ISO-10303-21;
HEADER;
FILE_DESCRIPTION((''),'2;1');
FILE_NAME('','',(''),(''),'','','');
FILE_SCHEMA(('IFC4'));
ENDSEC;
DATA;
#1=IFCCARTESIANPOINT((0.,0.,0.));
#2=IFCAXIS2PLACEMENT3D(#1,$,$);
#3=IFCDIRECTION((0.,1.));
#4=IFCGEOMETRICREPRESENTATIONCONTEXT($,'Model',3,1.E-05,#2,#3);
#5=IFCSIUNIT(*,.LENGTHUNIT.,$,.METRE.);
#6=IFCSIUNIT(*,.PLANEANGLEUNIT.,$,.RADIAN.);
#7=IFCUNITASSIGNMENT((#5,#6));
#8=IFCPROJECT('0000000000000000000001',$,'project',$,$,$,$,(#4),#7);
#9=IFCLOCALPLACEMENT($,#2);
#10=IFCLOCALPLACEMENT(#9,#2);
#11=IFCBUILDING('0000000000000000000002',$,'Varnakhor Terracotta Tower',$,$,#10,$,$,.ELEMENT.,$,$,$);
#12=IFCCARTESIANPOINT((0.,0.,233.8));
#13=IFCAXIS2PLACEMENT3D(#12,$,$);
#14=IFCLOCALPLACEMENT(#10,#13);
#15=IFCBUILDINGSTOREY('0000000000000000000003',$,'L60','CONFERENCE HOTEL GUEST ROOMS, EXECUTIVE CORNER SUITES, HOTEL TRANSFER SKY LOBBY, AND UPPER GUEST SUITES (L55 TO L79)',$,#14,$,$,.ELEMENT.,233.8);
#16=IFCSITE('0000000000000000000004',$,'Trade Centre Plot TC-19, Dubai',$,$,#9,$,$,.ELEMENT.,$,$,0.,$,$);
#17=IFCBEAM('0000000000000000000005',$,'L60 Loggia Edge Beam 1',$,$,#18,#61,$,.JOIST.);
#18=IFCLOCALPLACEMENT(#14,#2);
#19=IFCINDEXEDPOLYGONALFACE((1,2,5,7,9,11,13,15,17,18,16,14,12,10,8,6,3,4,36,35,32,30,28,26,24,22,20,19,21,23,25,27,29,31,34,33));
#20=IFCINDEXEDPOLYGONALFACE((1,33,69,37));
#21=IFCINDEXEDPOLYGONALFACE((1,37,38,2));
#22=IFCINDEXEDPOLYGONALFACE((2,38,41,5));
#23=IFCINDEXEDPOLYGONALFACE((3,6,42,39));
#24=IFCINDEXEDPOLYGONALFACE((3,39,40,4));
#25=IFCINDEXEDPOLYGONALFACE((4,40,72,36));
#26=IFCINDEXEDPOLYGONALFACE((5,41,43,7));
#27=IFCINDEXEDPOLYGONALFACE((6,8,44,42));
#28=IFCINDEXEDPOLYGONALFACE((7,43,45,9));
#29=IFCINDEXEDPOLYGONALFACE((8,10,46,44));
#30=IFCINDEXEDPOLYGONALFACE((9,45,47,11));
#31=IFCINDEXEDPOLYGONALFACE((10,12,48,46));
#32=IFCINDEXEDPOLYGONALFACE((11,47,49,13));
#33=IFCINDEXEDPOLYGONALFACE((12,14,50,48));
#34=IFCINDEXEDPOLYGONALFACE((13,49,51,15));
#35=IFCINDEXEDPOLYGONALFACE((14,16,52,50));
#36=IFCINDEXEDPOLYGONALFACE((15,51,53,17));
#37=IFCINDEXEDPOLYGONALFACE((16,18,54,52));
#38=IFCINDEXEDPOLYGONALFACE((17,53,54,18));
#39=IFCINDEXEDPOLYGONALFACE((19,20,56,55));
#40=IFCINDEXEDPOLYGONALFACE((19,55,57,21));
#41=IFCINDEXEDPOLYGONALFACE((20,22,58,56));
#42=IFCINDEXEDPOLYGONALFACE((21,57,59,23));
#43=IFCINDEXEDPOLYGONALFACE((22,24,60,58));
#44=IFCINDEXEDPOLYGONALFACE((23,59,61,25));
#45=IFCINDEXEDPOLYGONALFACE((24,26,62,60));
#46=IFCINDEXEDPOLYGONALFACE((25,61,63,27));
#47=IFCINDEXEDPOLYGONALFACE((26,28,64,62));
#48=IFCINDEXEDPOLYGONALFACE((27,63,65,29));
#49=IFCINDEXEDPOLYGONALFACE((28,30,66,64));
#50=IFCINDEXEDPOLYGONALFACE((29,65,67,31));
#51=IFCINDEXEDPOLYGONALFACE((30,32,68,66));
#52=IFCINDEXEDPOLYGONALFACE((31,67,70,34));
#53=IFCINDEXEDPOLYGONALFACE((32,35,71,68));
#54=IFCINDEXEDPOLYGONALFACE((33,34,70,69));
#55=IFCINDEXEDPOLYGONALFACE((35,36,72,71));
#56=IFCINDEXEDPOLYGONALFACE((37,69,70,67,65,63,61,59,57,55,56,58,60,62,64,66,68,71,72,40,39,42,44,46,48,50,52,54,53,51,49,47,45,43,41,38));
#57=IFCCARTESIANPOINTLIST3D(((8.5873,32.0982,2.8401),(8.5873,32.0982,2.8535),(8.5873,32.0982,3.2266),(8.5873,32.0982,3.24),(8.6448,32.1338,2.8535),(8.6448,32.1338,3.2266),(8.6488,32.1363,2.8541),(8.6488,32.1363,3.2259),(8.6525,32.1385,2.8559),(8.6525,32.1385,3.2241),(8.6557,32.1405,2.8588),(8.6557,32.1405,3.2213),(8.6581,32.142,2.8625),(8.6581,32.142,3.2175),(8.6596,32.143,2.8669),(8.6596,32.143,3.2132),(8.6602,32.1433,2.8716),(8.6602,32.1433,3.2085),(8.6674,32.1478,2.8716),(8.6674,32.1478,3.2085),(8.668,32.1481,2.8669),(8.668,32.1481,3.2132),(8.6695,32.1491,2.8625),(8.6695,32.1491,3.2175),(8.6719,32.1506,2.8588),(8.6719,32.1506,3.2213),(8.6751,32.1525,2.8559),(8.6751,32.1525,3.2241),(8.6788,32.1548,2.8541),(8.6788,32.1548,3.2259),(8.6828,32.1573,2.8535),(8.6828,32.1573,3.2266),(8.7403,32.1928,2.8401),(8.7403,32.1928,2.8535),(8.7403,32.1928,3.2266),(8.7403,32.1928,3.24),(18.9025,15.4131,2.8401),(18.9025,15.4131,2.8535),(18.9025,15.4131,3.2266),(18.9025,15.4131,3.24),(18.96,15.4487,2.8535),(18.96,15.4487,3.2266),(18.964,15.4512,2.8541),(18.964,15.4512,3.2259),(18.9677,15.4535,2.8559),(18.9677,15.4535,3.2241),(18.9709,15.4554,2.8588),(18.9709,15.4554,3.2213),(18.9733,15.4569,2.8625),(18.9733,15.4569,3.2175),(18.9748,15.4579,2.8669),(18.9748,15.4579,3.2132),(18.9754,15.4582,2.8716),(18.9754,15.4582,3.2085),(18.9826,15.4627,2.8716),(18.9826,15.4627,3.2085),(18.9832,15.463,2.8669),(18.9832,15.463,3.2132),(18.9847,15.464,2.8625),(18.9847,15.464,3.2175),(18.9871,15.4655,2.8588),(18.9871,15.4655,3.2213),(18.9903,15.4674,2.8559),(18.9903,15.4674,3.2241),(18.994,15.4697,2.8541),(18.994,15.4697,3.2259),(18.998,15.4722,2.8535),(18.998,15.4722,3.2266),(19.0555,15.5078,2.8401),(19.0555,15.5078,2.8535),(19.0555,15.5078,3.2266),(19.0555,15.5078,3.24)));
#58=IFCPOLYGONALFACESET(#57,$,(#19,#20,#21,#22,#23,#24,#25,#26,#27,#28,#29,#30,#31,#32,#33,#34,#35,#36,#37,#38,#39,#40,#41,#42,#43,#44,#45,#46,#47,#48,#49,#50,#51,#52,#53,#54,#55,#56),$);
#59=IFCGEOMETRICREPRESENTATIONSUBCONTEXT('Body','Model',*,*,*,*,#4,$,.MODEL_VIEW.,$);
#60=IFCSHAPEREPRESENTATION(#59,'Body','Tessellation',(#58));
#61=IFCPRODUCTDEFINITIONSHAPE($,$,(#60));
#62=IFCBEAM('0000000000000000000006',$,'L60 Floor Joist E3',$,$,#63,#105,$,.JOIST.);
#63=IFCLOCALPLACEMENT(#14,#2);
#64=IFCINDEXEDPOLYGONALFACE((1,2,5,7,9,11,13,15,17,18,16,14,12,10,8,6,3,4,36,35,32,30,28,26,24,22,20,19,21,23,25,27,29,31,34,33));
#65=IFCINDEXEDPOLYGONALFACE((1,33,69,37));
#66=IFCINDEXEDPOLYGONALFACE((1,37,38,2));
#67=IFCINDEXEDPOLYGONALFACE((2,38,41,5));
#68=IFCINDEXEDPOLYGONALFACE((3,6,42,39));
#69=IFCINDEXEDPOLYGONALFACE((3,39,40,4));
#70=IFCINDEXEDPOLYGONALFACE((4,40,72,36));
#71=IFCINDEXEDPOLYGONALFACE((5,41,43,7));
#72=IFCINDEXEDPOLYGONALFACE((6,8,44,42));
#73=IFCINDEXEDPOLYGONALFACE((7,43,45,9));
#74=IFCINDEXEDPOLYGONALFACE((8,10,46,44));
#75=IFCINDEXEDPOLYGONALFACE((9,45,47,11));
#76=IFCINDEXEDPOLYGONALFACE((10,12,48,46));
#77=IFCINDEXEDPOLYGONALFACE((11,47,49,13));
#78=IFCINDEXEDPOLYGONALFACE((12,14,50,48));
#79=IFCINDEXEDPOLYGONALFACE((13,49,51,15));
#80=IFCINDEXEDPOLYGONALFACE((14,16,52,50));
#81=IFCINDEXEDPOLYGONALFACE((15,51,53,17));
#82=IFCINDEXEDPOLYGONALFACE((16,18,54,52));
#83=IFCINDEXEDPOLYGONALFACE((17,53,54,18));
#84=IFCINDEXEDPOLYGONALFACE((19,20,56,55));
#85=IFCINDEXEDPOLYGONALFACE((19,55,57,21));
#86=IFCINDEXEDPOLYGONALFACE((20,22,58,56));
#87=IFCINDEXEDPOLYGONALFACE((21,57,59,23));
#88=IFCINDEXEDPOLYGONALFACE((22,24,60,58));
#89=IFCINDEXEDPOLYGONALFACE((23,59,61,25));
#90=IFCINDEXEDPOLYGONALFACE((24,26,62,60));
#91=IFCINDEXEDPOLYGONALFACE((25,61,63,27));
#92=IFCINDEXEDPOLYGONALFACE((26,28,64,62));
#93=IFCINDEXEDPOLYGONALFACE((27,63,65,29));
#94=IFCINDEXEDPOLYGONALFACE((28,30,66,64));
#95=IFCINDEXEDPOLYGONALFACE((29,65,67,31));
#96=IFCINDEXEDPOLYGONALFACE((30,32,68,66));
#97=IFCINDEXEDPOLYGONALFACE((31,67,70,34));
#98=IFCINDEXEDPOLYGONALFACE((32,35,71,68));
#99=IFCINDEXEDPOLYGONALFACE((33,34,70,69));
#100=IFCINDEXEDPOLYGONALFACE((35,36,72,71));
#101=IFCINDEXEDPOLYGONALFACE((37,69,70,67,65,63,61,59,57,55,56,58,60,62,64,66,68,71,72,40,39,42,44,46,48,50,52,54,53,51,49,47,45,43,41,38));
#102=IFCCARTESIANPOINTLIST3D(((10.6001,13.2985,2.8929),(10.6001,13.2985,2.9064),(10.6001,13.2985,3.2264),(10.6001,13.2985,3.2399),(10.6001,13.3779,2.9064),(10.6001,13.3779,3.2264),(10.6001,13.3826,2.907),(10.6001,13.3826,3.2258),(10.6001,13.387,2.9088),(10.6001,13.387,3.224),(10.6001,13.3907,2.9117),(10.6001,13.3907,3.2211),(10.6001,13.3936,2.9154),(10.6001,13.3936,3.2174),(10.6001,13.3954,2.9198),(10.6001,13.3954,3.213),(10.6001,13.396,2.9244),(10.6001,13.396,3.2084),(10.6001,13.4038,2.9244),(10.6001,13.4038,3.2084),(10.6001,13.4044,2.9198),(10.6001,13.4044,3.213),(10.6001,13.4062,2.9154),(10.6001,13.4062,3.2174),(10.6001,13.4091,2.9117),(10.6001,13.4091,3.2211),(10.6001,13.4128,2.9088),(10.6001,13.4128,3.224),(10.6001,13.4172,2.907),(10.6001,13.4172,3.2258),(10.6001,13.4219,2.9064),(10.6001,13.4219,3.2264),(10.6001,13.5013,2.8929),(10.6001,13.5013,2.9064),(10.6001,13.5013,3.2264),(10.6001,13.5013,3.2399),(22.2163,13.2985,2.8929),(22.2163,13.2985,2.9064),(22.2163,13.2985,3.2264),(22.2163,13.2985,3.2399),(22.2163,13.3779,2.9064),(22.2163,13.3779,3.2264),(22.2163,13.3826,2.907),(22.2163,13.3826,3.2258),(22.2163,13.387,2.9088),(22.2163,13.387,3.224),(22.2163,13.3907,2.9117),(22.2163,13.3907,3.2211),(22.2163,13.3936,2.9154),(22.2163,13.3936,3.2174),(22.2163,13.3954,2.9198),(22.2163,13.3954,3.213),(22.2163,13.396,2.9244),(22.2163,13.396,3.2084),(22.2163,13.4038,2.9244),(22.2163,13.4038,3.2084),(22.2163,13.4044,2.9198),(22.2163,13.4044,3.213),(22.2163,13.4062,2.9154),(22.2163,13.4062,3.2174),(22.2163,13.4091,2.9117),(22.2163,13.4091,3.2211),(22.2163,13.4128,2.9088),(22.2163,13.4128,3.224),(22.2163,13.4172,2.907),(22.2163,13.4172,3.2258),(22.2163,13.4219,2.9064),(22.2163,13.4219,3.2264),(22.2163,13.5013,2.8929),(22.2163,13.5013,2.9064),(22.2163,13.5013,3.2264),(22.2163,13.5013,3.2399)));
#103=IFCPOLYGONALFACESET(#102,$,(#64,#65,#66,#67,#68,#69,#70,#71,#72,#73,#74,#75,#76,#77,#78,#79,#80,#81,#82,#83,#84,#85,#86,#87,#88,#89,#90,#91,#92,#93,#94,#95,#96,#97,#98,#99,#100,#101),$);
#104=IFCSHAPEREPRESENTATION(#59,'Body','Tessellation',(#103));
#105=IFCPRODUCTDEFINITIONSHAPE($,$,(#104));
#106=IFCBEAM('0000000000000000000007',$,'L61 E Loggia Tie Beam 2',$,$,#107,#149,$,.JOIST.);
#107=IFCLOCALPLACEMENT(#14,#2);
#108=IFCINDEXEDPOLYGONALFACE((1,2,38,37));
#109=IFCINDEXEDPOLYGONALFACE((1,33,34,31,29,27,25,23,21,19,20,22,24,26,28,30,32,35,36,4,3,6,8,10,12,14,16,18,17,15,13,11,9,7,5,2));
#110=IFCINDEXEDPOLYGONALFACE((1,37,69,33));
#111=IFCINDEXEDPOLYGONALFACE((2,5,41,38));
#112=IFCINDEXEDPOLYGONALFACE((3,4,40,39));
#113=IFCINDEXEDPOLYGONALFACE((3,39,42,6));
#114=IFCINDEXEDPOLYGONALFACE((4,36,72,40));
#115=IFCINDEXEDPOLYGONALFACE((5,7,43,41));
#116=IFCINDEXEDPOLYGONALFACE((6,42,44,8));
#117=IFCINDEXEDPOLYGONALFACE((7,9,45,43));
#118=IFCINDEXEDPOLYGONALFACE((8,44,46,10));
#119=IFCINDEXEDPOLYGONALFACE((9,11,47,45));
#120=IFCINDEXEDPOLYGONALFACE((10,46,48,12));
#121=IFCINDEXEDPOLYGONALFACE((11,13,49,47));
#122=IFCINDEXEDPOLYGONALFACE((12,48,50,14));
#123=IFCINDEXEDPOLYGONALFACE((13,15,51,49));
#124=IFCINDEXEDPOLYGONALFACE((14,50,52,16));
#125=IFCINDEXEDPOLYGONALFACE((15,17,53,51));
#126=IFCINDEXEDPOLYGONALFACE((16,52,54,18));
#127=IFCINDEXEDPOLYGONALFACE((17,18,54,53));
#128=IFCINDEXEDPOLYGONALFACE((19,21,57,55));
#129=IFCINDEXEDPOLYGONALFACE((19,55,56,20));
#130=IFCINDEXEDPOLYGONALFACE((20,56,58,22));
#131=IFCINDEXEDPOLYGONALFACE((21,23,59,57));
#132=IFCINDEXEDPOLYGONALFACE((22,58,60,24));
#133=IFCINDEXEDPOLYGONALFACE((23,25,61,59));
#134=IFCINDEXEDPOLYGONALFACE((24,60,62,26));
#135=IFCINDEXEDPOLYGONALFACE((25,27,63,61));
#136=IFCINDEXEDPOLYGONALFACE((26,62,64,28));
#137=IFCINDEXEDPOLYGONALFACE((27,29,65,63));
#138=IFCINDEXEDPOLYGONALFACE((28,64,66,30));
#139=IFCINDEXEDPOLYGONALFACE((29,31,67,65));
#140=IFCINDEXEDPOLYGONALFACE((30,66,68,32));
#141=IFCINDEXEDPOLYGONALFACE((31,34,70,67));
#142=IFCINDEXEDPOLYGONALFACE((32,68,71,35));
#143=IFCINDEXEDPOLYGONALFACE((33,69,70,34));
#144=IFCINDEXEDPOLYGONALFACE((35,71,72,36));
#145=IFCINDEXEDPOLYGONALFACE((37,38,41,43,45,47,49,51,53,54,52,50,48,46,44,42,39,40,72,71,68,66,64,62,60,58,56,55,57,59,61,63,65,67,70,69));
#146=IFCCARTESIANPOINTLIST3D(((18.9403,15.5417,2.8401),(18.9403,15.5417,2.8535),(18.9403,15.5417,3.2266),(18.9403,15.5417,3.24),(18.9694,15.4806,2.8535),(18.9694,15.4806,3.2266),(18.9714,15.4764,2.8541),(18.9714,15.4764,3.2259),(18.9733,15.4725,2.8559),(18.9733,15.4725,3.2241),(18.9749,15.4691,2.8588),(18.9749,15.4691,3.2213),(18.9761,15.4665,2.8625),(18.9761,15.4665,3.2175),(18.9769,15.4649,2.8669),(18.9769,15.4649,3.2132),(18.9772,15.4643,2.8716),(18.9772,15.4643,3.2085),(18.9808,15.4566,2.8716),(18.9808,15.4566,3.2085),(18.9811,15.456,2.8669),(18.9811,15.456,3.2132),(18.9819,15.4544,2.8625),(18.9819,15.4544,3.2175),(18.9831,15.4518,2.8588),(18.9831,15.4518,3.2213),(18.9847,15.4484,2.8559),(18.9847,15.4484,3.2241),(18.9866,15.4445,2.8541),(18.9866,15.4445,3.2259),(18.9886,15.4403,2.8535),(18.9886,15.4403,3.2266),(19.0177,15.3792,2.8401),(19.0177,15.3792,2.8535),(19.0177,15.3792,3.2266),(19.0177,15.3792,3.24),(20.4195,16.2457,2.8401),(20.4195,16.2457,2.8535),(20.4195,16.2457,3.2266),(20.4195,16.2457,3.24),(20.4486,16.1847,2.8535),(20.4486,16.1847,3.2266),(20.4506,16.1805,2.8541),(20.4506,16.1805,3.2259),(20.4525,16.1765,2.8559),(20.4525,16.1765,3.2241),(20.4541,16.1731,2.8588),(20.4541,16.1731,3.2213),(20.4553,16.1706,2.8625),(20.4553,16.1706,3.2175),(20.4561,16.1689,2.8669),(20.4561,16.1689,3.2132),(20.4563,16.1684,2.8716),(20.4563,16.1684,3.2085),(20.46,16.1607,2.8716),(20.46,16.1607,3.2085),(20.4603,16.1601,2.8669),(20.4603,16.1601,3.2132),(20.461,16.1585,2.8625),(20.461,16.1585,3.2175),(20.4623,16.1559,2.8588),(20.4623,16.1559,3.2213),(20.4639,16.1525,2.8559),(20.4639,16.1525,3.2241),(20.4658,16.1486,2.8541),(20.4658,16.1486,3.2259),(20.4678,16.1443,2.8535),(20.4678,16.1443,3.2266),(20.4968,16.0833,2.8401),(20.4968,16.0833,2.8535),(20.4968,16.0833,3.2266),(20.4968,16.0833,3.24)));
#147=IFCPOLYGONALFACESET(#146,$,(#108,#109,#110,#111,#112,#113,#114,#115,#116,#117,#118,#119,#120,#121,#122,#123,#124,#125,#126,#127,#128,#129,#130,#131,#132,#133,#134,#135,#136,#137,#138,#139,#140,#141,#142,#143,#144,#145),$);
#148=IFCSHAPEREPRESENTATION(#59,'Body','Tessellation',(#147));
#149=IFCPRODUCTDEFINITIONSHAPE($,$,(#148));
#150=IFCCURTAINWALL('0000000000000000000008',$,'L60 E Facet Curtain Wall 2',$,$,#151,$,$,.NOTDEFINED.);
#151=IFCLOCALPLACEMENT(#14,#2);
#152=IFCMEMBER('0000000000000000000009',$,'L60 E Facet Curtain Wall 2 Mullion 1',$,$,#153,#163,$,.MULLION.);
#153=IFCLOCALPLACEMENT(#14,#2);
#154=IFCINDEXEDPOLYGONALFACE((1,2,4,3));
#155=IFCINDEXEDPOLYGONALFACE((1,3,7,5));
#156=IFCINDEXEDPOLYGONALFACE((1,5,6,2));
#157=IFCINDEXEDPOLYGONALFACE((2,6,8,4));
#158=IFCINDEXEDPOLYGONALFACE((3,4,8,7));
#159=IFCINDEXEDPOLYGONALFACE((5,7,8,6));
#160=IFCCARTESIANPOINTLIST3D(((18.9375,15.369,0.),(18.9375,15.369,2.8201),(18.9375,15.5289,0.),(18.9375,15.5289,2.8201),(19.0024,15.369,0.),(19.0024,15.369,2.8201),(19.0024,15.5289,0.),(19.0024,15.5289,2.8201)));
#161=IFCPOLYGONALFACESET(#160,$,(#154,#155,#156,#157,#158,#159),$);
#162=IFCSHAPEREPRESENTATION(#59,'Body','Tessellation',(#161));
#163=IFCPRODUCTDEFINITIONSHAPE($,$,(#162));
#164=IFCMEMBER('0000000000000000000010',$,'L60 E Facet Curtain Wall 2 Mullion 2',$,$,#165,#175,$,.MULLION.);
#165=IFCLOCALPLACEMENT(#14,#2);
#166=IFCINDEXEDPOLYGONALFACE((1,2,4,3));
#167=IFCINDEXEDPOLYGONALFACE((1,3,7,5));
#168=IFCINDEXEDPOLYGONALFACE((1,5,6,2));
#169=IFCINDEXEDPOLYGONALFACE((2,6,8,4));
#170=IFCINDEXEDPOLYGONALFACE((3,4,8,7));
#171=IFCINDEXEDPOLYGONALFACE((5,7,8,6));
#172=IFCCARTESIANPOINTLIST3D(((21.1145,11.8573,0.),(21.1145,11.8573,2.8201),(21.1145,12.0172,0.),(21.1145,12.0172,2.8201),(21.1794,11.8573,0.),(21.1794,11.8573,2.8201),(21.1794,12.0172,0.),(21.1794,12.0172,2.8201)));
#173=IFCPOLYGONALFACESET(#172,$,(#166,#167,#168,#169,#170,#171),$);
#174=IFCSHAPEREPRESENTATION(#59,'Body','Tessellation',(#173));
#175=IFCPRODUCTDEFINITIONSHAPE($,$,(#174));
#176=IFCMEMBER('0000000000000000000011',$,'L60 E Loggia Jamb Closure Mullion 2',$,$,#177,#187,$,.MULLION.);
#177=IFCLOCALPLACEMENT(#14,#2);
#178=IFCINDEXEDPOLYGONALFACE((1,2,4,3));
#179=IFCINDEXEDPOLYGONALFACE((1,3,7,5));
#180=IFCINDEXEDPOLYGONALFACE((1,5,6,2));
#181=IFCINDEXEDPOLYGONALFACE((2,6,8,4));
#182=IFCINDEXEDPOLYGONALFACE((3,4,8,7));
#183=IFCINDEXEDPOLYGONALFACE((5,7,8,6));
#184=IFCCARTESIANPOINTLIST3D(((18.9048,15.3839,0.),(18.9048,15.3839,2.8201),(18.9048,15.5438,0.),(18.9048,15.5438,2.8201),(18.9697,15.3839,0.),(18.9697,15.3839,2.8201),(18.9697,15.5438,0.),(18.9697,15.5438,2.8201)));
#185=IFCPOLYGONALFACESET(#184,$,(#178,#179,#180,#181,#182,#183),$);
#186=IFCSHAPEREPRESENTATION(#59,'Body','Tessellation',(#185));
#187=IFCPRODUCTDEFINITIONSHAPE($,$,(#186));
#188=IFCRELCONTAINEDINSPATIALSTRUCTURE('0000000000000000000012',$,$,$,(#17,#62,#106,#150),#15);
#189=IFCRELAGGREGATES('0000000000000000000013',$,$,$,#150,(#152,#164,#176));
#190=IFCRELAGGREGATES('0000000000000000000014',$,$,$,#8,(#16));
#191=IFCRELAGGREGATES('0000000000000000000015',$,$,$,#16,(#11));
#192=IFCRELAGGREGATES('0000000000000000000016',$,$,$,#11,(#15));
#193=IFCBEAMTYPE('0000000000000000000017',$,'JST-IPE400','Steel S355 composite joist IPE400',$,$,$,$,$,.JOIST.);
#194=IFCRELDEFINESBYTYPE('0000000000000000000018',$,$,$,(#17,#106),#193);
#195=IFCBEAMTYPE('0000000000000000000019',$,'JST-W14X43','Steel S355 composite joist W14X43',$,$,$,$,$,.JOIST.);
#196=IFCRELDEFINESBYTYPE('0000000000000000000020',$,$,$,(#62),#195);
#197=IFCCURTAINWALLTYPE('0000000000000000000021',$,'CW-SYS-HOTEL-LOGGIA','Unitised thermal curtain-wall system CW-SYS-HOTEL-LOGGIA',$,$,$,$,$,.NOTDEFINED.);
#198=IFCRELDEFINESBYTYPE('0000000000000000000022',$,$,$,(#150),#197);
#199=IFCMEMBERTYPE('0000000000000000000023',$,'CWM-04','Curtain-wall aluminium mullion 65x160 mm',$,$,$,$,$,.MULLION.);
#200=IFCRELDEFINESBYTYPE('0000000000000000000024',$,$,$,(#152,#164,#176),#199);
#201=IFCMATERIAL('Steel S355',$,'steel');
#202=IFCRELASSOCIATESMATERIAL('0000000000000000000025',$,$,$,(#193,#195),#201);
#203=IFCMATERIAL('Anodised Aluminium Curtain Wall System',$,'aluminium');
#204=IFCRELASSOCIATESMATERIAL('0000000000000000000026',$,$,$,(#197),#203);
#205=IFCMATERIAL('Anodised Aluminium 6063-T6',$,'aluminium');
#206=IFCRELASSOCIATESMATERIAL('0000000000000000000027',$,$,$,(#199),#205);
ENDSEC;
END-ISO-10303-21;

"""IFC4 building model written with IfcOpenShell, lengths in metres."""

from ifc_helpers import new_model, si_unit, direction, frame, origin, origin_2d, place, context, subcontext, project, spatial, rectangle, i_section, extrude, source, transform, mapped, material, material_profile, profile_set, type_object, type_shapes, element, aggregate, save


model = new_model("IFC4")

# Units and contexts
model_context = context("Model", 3, precision=1e-05, world=origin(), true_north=direction((0.0, 1.0)))
body_context = subcontext(model_context, "Body", "Model", "MODEL_VIEW")
ifc_project = project(units=[si_unit("LENGTHUNIT", "METRE"), si_unit("PLANEANGLEUNIT", "RADIAN")], contexts=[model_context])

# Site, building, storey
site_placement = place(None, origin())
site = spatial("IfcSite", under=ifc_project, at=site_placement, Name="Trade Centre Plot TC-19, Dubai", CompositionType="ELEMENT", RefElevation=0.0)
building_placement = place(site_placement, origin())
building = spatial("IfcBuilding", under=site, at=building_placement, Name="Varnakhor Terracotta Tower", CompositionType="ELEMENT")
storey_placement = place(building_placement, frame((0.0, 0.0, 233.8)))
storey = spatial("IfcBuildingStorey", under=building, at=storey_placement, Name="L60", Description="CONFERENCE HOTEL GUEST ROOMS, EXECUTIVE CORNER SUITES, HOTEL TRANSFER SKY LOBBY, AND UPPER GUEST SUITES (L55 TO L79)", CompositionType="ELEMENT", Elevation=233.8)

# Beams
ifc_material_1 = material(Name="Steel S355", Category="steel")
ifc_material_profile_1 = material_profile(ifc_material_1, i_section(OverallWidth=0.1799, OverallDepth=0.3999, WebThickness=0.0085, FlangeThickness=0.0134, FilletRadius=0.0181, at=origin_2d()), Name="IPE400")
ifc_profile_set_1 = profile_set([ifc_material_profile_1], Name="Steel S355")
beam_type_1 = type_object("IfcBeamType", Name="JST-IPE400", Description="Steel S355 composite joist IPE400", PredefinedType="JOIST", material=ifc_profile_set_1)
shared_shape_1 = source(origin(), body_context, "Body", "SweptSolid", [
    extrude(i_section(OverallWidth=0.1799, OverallDepth=0.3999, WebThickness=0.0085, FlangeThickness=0.0134, FilletRadius=0.0181, at=origin_2d()), origin(), (0.0, 0.0, 1.0), 19.6162),
])
beam_1_placement = place(storey_placement, frame((18.979, 15.4604, 3.04), z_axis=(-0.525851, 0.850577, 0.0), x_axis=(-0.850577, -0.525851, 0.0)))
element("IfcBeam", 1, at=beam_1_placement, inside=storey, type_object=beam_type_1, Name="L60 Loggia Edge Beam 1", PredefinedType="JOIST", context=body_context, shape_type="MappedRepresentation", body=[
    mapped(shared_shape_1, transform((0.0, 0.0, 0.0), scale=1.0)),
])
ifc_material_profile_2 = material_profile(ifc_material_1, i_section(OverallWidth=0.2029, OverallDepth=0.3469, WebThickness=0.0078, FlangeThickness=0.0134, FilletRadius=0.0181, at=origin_2d()), Name="W14X43")
ifc_profile_set_2 = profile_set([ifc_material_profile_2], Name="Steel S355")
beam_type_2 = type_object("IfcBeamType", Name="JST-W14X43", Description="Steel S355 composite joist W14X43", PredefinedType="JOIST", material=ifc_profile_set_2)
shared_shape_2 = source(origin(), body_context, "Body", "SweptSolid", [
    extrude(i_section(OverallWidth=0.2029, OverallDepth=0.3469, WebThickness=0.0078, FlangeThickness=0.0134, FilletRadius=0.0181, at=origin_2d()), origin(), (0.0, 0.0, 1.0), 11.6162),
])
beam_2_placement = place(storey_placement, frame((10.6001, 13.3999, 3.0664), z_axis=(1.0, 0.0, 0.0), x_axis=(0.0, 1.0, 0.0)))
element("IfcBeam", 2, at=beam_2_placement, inside=storey, type_object=beam_type_2, Name="L60 Floor Joist E3", PredefinedType="JOIST", context=body_context, shape_type="MappedRepresentation", body=[
    mapped(shared_shape_2, transform((0.0, 0.0, 0.0), scale=1.0)),
])
shared_shape_3 = source(origin(), body_context, "Body", "SweptSolid", [
    extrude(i_section(OverallWidth=0.1799, OverallDepth=0.3999, WebThickness=0.0085, FlangeThickness=0.0134, FilletRadius=0.0181, at=origin_2d()), origin(), (0.0, 0.0, 1.0), 1.6382),
])
beam_3_placement = place(storey_placement, frame((18.979, 15.4604, 3.04), z_axis=(0.902932, 0.429783, 0.0), x_axis=(-0.429783, 0.902932, 0.0)))
element("IfcBeam", 3, at=beam_3_placement, inside=storey, type_object=beam_type_1, Name="L61 E Loggia Tie Beam 2", PredefinedType="JOIST", context=body_context, shape_type="MappedRepresentation", body=[
    mapped(shared_shape_3, transform((0.0, 0.0, 0.0), scale=1.0)),
])

# Curtain wall, members
ifc_material_2 = material(Name="Anodised Aluminium Curtain Wall System", Category="aluminium")
curtain_wall_type = type_object("IfcCurtainWallType", Name="CW-SYS-HOTEL-LOGGIA", Description="Unitised thermal curtain-wall system CW-SYS-HOTEL-LOGGIA", PredefinedType="NOTDEFINED", material=ifc_material_2)
curtain_wall_placement = place(storey_placement, origin())
curtain_wall = element("IfcCurtainWall", 4, at=curtain_wall_placement, inside=storey, type_object=curtain_wall_type, Name="L60 E Facet Curtain Wall 2", PredefinedType="NOTDEFINED")
ifc_material_3 = material(Name="Anodised Aluminium 6063-T6", Category="aluminium")
ifc_material_profile_3 = material_profile(ifc_material_3, rectangle(XDim=0.0649, YDim=0.1599, at=origin_2d()), Name="ALU MULLION 65x160")
ifc_profile_set_3 = profile_set([ifc_material_profile_3], Name="Anodised Aluminium 6063-T6")
member_type_1 = type_object("IfcMemberType", Name="CWM-04", Description="Curtain-wall aluminium mullion 65x160 mm", PredefinedType="MULLION", material=ifc_profile_set_3)
shared_shape_4 = source(origin(), body_context, "Body", "SweptSolid", [
    extrude(rectangle(XDim=0.0649, YDim=0.1599, at=origin_2d()), origin(), (0.0, 0.0, 1.0), 2.8201),
])
type_shapes(member_type_1, [shared_shape_4])
member_1_placement = place(storey_placement, frame((18.97, 15.449, 0.0), z_axis=(0.0, 0.0, 1.0), x_axis=(1.0, 0.0, 0.0)))
member_1 = element("IfcMember", 5, at=member_1_placement, type_object=member_type_1, Name="L60 E Facet Curtain Wall 2 Mullion 1", PredefinedType="MULLION", context=body_context, shape_type="MappedRepresentation", body=[
    mapped(shared_shape_4, transform((0.0, 0.0, 0.0), scale=1.0)),
])
member_2_placement = place(storey_placement, frame((21.147, 11.9373, 0.0), z_axis=(0.0, 0.0, 1.0), x_axis=(1.0, 0.0, 0.0)))
member_2 = element("IfcMember", 6, at=member_2_placement, type_object=member_type_1, Name="L60 E Facet Curtain Wall 2 Mullion 2", PredefinedType="MULLION", context=body_context, shape_type="MappedRepresentation", body=[
    mapped(shared_shape_4, transform((0.0, 0.0, 0.0), scale=1.0)),
])
member_3_placement = place(storey_placement, frame((18.9373, 15.4639, 0.0), z_axis=(0.0, 0.0, 1.0), x_axis=(1.0, 0.0, 0.0)))
member_3 = element("IfcMember", 7, at=member_3_placement, type_object=member_type_1, Name="L60 E Loggia Jamb Closure Mullion 2", PredefinedType="MULLION", context=body_context, shape_type="MappedRepresentation", body=[
    mapped(shared_shape_4, transform((0.0, 0.0, 0.0), scale=1.0)),
])
aggregate(curtain_wall, [member_1, member_2, member_3])

save(model, "model.ifc")
